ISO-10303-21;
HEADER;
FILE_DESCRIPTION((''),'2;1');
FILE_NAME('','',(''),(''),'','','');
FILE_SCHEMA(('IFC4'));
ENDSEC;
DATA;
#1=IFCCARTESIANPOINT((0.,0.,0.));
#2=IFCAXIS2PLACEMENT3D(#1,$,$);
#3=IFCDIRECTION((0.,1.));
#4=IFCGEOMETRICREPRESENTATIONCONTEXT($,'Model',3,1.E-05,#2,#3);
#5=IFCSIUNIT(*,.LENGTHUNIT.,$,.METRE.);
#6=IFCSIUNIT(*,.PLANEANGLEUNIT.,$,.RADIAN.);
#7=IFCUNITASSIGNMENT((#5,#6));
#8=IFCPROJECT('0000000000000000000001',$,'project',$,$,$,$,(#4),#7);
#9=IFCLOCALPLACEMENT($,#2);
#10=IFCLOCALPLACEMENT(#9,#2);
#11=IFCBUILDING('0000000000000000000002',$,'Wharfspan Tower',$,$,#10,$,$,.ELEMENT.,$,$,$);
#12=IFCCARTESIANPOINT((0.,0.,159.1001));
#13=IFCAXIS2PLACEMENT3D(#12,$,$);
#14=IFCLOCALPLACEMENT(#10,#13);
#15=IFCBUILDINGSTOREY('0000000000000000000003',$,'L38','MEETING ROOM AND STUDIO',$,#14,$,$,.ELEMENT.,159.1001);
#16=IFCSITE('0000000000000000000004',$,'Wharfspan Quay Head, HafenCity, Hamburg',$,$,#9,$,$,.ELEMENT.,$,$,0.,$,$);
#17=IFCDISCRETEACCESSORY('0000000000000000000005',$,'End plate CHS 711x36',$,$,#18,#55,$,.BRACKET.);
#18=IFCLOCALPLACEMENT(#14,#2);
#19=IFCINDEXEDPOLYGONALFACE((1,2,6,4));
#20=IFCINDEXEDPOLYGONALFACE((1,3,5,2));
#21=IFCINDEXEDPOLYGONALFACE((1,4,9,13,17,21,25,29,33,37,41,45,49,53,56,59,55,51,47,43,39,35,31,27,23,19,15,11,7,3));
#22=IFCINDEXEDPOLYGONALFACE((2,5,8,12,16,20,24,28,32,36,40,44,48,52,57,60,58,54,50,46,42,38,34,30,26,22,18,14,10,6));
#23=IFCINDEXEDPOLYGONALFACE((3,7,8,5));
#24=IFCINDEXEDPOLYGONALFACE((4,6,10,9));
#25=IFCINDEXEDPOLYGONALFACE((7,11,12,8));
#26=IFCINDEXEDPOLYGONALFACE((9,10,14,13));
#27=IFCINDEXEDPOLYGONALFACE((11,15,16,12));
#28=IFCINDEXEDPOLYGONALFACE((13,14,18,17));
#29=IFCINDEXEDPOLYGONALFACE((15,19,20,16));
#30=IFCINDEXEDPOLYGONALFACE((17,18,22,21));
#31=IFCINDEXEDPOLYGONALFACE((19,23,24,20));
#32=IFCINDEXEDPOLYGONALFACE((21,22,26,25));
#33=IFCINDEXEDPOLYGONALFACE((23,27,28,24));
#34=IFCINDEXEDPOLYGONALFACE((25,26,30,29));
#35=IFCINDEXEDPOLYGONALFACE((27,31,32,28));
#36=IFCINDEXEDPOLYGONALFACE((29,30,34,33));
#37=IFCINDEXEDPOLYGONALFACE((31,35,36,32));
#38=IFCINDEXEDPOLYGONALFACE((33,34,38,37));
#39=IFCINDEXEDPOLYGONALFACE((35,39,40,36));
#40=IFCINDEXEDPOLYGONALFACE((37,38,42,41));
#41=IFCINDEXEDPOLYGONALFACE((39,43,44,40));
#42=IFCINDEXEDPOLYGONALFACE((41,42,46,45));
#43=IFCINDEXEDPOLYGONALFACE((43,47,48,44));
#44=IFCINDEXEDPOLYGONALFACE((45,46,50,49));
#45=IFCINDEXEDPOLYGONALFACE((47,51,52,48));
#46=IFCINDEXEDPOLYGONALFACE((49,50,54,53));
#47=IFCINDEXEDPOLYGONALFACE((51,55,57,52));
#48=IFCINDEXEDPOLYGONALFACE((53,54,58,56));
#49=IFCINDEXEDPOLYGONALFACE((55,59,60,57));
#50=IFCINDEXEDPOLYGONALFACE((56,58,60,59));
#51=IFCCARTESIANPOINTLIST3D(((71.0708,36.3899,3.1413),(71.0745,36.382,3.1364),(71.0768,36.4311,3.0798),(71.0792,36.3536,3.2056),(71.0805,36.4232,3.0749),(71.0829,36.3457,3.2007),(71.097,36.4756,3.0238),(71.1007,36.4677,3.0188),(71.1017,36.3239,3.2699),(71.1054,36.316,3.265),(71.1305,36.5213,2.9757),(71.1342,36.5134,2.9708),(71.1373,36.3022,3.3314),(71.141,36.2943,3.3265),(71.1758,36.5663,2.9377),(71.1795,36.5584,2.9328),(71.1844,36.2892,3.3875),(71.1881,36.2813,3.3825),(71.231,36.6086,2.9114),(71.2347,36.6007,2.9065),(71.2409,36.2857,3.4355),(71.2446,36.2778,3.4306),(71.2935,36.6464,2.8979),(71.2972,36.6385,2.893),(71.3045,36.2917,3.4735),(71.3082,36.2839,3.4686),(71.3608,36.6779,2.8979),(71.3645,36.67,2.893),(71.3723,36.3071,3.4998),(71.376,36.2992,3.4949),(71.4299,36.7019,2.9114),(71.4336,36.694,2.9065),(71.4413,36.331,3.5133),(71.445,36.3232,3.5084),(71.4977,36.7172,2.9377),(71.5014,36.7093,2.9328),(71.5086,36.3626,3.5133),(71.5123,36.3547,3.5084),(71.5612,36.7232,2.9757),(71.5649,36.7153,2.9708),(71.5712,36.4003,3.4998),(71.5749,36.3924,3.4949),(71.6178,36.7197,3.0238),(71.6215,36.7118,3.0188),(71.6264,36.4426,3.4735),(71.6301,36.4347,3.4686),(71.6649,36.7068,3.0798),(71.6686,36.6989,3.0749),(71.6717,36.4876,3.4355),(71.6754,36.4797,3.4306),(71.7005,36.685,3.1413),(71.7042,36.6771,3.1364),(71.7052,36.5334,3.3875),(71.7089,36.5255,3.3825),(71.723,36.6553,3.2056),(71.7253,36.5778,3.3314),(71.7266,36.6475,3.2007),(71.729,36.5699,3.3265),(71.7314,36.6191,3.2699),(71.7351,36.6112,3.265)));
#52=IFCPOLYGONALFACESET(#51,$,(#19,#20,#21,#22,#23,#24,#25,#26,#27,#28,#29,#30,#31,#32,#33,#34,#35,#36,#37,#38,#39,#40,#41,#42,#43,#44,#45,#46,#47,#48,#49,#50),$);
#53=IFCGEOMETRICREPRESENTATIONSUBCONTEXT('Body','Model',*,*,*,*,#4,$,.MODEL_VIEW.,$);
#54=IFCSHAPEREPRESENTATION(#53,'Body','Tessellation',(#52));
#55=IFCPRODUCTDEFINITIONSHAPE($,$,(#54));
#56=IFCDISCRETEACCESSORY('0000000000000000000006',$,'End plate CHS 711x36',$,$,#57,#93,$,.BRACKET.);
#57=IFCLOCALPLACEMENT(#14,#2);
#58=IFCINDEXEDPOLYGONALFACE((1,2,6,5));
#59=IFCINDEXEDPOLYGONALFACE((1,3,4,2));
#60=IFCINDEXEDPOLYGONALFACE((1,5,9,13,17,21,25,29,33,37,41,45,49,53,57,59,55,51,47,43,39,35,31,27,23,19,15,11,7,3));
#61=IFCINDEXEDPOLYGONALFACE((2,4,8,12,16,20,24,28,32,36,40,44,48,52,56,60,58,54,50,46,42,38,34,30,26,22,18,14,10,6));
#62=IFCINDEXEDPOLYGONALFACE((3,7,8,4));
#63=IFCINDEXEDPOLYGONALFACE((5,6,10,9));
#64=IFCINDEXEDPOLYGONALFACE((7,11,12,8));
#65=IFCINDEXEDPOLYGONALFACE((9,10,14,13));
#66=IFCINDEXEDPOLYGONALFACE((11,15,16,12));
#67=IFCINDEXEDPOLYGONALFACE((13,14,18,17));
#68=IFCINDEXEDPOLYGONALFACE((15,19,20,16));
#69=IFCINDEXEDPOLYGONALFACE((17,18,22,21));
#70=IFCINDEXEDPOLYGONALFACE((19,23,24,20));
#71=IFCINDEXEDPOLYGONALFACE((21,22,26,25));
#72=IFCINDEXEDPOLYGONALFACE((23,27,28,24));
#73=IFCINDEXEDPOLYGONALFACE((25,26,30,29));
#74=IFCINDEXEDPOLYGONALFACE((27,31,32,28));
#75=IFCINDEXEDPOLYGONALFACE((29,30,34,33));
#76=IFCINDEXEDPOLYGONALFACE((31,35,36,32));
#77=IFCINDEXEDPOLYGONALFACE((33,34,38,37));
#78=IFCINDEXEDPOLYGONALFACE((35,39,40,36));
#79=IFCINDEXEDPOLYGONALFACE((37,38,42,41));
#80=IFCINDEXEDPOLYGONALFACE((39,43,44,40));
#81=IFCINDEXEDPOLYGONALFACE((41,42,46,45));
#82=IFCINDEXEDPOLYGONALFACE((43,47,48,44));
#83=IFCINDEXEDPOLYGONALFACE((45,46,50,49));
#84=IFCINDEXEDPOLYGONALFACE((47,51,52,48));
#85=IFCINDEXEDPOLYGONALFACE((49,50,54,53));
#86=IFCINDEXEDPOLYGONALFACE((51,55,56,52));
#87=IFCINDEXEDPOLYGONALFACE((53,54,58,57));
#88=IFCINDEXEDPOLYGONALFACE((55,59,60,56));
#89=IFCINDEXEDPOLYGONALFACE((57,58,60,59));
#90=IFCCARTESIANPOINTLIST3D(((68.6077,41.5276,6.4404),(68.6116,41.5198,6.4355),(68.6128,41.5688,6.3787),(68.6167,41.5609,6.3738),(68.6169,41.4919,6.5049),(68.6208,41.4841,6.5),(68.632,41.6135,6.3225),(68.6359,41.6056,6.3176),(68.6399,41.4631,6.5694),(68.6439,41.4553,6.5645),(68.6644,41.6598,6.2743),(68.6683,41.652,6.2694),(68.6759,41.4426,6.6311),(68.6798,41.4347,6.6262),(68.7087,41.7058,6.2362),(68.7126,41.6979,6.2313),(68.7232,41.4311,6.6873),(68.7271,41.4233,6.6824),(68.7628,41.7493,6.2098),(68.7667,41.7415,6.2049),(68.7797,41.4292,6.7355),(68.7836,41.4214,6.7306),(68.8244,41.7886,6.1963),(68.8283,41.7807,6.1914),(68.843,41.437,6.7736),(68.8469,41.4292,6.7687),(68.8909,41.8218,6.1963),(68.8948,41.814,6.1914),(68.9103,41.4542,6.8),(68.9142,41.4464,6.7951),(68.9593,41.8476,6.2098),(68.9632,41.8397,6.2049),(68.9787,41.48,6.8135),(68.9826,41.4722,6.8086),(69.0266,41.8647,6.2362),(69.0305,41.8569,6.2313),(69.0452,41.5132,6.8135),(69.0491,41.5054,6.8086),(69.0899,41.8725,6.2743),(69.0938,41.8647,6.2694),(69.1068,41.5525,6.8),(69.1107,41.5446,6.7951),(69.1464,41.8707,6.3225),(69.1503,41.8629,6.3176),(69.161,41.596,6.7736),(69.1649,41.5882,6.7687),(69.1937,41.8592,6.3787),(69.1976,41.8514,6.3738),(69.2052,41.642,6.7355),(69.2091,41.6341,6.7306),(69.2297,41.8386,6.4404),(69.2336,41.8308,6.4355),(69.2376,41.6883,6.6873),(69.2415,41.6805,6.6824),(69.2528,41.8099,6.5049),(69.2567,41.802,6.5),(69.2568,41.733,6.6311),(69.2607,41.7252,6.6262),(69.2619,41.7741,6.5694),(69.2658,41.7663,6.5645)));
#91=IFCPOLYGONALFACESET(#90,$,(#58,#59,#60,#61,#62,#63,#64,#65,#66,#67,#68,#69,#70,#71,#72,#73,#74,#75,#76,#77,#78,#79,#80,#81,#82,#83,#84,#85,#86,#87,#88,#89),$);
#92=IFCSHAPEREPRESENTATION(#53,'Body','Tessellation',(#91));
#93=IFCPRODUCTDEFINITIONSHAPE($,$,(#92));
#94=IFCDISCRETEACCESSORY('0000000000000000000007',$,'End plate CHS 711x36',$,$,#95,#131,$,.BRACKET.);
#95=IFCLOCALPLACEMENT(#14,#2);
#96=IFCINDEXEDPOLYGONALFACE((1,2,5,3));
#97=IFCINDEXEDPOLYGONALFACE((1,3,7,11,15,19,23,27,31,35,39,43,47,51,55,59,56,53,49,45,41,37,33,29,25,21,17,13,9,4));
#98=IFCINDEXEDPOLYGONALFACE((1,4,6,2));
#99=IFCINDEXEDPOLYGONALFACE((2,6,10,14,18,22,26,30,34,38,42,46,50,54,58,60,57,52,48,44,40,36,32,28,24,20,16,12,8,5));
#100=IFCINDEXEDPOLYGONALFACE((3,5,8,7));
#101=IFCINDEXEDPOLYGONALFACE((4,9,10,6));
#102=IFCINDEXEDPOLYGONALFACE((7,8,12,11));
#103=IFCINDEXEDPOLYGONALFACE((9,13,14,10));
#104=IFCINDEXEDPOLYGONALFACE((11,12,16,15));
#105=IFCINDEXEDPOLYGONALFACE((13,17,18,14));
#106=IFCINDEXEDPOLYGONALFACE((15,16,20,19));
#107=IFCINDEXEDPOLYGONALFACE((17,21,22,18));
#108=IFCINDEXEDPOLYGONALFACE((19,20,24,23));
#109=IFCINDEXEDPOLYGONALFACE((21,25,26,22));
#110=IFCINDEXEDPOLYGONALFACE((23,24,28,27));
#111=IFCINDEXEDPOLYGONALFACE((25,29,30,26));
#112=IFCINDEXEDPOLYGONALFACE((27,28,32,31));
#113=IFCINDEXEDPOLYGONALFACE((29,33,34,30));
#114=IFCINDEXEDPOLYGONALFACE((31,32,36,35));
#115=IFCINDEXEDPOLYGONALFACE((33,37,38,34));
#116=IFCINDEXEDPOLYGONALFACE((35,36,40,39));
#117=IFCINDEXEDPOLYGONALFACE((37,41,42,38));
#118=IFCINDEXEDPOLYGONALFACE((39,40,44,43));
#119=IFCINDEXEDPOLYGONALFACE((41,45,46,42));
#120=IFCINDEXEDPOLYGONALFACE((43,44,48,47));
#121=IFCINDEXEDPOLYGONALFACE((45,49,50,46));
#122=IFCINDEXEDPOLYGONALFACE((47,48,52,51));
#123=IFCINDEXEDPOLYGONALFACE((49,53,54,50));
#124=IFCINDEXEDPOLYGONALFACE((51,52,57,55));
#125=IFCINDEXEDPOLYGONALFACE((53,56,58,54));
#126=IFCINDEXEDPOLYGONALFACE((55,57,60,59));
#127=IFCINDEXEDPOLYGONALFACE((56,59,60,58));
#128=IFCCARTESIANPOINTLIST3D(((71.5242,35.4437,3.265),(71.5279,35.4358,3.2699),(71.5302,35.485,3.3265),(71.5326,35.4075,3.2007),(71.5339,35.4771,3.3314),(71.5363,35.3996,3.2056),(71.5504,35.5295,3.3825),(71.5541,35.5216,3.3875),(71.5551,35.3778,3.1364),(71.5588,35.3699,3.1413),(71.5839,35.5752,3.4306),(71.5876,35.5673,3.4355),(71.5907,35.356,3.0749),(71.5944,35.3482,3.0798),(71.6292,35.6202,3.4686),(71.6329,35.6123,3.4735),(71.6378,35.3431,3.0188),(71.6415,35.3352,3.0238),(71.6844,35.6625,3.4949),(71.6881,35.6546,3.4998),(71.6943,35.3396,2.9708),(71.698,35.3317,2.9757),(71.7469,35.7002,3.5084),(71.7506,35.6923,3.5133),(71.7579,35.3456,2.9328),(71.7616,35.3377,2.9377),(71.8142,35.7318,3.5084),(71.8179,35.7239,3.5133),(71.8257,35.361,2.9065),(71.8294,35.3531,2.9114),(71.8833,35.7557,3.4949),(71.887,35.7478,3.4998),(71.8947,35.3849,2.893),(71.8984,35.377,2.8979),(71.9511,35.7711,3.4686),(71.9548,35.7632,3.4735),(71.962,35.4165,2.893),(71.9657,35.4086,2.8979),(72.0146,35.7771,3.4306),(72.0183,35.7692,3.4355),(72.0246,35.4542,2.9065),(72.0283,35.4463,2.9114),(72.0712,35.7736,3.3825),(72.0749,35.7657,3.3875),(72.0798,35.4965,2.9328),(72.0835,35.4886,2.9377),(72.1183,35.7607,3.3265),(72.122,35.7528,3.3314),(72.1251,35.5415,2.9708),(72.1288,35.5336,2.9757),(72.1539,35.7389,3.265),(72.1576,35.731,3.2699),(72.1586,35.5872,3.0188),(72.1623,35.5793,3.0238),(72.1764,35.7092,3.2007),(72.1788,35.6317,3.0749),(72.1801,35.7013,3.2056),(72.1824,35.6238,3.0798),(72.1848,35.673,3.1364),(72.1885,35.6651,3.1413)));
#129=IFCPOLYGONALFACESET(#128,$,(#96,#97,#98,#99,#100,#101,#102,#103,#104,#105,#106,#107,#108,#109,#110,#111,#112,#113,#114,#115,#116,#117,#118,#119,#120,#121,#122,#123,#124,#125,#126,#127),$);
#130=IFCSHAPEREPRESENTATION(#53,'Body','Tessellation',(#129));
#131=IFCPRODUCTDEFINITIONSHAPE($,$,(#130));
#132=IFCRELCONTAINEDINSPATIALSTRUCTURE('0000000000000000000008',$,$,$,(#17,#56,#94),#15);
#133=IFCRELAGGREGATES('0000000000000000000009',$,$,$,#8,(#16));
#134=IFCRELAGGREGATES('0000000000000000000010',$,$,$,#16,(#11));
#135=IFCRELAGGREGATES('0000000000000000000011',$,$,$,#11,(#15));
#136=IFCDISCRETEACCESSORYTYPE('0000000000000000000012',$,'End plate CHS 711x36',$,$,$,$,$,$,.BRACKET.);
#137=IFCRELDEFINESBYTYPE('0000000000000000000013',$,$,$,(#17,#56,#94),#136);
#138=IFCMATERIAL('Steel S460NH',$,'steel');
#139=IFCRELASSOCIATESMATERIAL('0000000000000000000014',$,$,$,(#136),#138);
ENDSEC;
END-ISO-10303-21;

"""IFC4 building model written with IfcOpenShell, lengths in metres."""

from ifc_helpers import new_model, si_unit, direction, frame, origin, origin_2d, place, context, subcontext, project, spatial, circle, extrude, material, material_profile, profile_set, type_object, element, save


model = new_model("IFC4")

# Units and contexts
model_context = context("Model", 3, precision=1e-05, world=origin(), true_north=direction((0.0, 1.0)))
body_context = subcontext(model_context, "Body", "Model", "MODEL_VIEW")
ifc_project = project(units=[si_unit("LENGTHUNIT", "METRE"), si_unit("PLANEANGLEUNIT", "RADIAN")], contexts=[model_context])

# Site, building, storey
site_placement = place(None, origin())
site = spatial("IfcSite", under=ifc_project, at=site_placement, Name="Wharfspan Quay Head, HafenCity, Hamburg", CompositionType="ELEMENT", RefElevation=0.0)
building_placement = place(site_placement, origin())
building = spatial("IfcBuilding", under=site, at=building_placement, Name="Wharfspan Tower", CompositionType="ELEMENT")
storey_placement = place(building_placement, frame((0.0, 0.0, 159.1001)))
storey = spatial("IfcBuildingStorey", under=building, at=storey_placement, Name="L38", Description="MEETING ROOM AND STUDIO", CompositionType="ELEMENT", Elevation=159.1001)

# Shared definitions
ifc_material_1 = material(Name="Steel S460NH", Category="steel")

# Discrete accessories
ifc_material_profile_1 = material_profile(ifc_material_1, circle(Radius=0.3555, at=origin_2d()))
ifc_profile_set_1 = profile_set([ifc_material_profile_1], Name="Steel S460NH")
discrete_accessory_type = type_object("IfcDiscreteAccessoryType", Name="End plate CHS 711x36", PredefinedType="BRACKET", material=ifc_profile_set_1)
for number, where, z_axis, x_axis, name in (
    (1, (71.4048, 36.4966, 3.2007), (-0.369386, 0.788024, 0.492515), (-0.905459, -0.424433, -0.000001), "End plate CHS 711x36"),
    (2, (68.9387, 41.6431, 6.5), (-0.39036, 0.78072, 0.48795), (-0.894428, -0.447214, 0.0), "End plate CHS 711x36"),
    (3, (71.8545, 35.5583, 3.2007), (0.369386, -0.788024, 0.492515), (0.905459, 0.424433, -0.000001), "End plate CHS 711x36"),
):
    element("IfcDiscreteAccessory", number, at=place(storey_placement, frame(where, z_axis=z_axis, x_axis=x_axis)), inside=storey, type_object=discrete_accessory_type, Name=name, PredefinedType="BRACKET", context=body_context, shape_type="SweptSolid", body=[
        extrude(circle(Radius=0.3555, at=origin_2d()), origin(), (0.0, 0.0, 1.0), 0.01),
    ])

save(model, "model.ifc")
